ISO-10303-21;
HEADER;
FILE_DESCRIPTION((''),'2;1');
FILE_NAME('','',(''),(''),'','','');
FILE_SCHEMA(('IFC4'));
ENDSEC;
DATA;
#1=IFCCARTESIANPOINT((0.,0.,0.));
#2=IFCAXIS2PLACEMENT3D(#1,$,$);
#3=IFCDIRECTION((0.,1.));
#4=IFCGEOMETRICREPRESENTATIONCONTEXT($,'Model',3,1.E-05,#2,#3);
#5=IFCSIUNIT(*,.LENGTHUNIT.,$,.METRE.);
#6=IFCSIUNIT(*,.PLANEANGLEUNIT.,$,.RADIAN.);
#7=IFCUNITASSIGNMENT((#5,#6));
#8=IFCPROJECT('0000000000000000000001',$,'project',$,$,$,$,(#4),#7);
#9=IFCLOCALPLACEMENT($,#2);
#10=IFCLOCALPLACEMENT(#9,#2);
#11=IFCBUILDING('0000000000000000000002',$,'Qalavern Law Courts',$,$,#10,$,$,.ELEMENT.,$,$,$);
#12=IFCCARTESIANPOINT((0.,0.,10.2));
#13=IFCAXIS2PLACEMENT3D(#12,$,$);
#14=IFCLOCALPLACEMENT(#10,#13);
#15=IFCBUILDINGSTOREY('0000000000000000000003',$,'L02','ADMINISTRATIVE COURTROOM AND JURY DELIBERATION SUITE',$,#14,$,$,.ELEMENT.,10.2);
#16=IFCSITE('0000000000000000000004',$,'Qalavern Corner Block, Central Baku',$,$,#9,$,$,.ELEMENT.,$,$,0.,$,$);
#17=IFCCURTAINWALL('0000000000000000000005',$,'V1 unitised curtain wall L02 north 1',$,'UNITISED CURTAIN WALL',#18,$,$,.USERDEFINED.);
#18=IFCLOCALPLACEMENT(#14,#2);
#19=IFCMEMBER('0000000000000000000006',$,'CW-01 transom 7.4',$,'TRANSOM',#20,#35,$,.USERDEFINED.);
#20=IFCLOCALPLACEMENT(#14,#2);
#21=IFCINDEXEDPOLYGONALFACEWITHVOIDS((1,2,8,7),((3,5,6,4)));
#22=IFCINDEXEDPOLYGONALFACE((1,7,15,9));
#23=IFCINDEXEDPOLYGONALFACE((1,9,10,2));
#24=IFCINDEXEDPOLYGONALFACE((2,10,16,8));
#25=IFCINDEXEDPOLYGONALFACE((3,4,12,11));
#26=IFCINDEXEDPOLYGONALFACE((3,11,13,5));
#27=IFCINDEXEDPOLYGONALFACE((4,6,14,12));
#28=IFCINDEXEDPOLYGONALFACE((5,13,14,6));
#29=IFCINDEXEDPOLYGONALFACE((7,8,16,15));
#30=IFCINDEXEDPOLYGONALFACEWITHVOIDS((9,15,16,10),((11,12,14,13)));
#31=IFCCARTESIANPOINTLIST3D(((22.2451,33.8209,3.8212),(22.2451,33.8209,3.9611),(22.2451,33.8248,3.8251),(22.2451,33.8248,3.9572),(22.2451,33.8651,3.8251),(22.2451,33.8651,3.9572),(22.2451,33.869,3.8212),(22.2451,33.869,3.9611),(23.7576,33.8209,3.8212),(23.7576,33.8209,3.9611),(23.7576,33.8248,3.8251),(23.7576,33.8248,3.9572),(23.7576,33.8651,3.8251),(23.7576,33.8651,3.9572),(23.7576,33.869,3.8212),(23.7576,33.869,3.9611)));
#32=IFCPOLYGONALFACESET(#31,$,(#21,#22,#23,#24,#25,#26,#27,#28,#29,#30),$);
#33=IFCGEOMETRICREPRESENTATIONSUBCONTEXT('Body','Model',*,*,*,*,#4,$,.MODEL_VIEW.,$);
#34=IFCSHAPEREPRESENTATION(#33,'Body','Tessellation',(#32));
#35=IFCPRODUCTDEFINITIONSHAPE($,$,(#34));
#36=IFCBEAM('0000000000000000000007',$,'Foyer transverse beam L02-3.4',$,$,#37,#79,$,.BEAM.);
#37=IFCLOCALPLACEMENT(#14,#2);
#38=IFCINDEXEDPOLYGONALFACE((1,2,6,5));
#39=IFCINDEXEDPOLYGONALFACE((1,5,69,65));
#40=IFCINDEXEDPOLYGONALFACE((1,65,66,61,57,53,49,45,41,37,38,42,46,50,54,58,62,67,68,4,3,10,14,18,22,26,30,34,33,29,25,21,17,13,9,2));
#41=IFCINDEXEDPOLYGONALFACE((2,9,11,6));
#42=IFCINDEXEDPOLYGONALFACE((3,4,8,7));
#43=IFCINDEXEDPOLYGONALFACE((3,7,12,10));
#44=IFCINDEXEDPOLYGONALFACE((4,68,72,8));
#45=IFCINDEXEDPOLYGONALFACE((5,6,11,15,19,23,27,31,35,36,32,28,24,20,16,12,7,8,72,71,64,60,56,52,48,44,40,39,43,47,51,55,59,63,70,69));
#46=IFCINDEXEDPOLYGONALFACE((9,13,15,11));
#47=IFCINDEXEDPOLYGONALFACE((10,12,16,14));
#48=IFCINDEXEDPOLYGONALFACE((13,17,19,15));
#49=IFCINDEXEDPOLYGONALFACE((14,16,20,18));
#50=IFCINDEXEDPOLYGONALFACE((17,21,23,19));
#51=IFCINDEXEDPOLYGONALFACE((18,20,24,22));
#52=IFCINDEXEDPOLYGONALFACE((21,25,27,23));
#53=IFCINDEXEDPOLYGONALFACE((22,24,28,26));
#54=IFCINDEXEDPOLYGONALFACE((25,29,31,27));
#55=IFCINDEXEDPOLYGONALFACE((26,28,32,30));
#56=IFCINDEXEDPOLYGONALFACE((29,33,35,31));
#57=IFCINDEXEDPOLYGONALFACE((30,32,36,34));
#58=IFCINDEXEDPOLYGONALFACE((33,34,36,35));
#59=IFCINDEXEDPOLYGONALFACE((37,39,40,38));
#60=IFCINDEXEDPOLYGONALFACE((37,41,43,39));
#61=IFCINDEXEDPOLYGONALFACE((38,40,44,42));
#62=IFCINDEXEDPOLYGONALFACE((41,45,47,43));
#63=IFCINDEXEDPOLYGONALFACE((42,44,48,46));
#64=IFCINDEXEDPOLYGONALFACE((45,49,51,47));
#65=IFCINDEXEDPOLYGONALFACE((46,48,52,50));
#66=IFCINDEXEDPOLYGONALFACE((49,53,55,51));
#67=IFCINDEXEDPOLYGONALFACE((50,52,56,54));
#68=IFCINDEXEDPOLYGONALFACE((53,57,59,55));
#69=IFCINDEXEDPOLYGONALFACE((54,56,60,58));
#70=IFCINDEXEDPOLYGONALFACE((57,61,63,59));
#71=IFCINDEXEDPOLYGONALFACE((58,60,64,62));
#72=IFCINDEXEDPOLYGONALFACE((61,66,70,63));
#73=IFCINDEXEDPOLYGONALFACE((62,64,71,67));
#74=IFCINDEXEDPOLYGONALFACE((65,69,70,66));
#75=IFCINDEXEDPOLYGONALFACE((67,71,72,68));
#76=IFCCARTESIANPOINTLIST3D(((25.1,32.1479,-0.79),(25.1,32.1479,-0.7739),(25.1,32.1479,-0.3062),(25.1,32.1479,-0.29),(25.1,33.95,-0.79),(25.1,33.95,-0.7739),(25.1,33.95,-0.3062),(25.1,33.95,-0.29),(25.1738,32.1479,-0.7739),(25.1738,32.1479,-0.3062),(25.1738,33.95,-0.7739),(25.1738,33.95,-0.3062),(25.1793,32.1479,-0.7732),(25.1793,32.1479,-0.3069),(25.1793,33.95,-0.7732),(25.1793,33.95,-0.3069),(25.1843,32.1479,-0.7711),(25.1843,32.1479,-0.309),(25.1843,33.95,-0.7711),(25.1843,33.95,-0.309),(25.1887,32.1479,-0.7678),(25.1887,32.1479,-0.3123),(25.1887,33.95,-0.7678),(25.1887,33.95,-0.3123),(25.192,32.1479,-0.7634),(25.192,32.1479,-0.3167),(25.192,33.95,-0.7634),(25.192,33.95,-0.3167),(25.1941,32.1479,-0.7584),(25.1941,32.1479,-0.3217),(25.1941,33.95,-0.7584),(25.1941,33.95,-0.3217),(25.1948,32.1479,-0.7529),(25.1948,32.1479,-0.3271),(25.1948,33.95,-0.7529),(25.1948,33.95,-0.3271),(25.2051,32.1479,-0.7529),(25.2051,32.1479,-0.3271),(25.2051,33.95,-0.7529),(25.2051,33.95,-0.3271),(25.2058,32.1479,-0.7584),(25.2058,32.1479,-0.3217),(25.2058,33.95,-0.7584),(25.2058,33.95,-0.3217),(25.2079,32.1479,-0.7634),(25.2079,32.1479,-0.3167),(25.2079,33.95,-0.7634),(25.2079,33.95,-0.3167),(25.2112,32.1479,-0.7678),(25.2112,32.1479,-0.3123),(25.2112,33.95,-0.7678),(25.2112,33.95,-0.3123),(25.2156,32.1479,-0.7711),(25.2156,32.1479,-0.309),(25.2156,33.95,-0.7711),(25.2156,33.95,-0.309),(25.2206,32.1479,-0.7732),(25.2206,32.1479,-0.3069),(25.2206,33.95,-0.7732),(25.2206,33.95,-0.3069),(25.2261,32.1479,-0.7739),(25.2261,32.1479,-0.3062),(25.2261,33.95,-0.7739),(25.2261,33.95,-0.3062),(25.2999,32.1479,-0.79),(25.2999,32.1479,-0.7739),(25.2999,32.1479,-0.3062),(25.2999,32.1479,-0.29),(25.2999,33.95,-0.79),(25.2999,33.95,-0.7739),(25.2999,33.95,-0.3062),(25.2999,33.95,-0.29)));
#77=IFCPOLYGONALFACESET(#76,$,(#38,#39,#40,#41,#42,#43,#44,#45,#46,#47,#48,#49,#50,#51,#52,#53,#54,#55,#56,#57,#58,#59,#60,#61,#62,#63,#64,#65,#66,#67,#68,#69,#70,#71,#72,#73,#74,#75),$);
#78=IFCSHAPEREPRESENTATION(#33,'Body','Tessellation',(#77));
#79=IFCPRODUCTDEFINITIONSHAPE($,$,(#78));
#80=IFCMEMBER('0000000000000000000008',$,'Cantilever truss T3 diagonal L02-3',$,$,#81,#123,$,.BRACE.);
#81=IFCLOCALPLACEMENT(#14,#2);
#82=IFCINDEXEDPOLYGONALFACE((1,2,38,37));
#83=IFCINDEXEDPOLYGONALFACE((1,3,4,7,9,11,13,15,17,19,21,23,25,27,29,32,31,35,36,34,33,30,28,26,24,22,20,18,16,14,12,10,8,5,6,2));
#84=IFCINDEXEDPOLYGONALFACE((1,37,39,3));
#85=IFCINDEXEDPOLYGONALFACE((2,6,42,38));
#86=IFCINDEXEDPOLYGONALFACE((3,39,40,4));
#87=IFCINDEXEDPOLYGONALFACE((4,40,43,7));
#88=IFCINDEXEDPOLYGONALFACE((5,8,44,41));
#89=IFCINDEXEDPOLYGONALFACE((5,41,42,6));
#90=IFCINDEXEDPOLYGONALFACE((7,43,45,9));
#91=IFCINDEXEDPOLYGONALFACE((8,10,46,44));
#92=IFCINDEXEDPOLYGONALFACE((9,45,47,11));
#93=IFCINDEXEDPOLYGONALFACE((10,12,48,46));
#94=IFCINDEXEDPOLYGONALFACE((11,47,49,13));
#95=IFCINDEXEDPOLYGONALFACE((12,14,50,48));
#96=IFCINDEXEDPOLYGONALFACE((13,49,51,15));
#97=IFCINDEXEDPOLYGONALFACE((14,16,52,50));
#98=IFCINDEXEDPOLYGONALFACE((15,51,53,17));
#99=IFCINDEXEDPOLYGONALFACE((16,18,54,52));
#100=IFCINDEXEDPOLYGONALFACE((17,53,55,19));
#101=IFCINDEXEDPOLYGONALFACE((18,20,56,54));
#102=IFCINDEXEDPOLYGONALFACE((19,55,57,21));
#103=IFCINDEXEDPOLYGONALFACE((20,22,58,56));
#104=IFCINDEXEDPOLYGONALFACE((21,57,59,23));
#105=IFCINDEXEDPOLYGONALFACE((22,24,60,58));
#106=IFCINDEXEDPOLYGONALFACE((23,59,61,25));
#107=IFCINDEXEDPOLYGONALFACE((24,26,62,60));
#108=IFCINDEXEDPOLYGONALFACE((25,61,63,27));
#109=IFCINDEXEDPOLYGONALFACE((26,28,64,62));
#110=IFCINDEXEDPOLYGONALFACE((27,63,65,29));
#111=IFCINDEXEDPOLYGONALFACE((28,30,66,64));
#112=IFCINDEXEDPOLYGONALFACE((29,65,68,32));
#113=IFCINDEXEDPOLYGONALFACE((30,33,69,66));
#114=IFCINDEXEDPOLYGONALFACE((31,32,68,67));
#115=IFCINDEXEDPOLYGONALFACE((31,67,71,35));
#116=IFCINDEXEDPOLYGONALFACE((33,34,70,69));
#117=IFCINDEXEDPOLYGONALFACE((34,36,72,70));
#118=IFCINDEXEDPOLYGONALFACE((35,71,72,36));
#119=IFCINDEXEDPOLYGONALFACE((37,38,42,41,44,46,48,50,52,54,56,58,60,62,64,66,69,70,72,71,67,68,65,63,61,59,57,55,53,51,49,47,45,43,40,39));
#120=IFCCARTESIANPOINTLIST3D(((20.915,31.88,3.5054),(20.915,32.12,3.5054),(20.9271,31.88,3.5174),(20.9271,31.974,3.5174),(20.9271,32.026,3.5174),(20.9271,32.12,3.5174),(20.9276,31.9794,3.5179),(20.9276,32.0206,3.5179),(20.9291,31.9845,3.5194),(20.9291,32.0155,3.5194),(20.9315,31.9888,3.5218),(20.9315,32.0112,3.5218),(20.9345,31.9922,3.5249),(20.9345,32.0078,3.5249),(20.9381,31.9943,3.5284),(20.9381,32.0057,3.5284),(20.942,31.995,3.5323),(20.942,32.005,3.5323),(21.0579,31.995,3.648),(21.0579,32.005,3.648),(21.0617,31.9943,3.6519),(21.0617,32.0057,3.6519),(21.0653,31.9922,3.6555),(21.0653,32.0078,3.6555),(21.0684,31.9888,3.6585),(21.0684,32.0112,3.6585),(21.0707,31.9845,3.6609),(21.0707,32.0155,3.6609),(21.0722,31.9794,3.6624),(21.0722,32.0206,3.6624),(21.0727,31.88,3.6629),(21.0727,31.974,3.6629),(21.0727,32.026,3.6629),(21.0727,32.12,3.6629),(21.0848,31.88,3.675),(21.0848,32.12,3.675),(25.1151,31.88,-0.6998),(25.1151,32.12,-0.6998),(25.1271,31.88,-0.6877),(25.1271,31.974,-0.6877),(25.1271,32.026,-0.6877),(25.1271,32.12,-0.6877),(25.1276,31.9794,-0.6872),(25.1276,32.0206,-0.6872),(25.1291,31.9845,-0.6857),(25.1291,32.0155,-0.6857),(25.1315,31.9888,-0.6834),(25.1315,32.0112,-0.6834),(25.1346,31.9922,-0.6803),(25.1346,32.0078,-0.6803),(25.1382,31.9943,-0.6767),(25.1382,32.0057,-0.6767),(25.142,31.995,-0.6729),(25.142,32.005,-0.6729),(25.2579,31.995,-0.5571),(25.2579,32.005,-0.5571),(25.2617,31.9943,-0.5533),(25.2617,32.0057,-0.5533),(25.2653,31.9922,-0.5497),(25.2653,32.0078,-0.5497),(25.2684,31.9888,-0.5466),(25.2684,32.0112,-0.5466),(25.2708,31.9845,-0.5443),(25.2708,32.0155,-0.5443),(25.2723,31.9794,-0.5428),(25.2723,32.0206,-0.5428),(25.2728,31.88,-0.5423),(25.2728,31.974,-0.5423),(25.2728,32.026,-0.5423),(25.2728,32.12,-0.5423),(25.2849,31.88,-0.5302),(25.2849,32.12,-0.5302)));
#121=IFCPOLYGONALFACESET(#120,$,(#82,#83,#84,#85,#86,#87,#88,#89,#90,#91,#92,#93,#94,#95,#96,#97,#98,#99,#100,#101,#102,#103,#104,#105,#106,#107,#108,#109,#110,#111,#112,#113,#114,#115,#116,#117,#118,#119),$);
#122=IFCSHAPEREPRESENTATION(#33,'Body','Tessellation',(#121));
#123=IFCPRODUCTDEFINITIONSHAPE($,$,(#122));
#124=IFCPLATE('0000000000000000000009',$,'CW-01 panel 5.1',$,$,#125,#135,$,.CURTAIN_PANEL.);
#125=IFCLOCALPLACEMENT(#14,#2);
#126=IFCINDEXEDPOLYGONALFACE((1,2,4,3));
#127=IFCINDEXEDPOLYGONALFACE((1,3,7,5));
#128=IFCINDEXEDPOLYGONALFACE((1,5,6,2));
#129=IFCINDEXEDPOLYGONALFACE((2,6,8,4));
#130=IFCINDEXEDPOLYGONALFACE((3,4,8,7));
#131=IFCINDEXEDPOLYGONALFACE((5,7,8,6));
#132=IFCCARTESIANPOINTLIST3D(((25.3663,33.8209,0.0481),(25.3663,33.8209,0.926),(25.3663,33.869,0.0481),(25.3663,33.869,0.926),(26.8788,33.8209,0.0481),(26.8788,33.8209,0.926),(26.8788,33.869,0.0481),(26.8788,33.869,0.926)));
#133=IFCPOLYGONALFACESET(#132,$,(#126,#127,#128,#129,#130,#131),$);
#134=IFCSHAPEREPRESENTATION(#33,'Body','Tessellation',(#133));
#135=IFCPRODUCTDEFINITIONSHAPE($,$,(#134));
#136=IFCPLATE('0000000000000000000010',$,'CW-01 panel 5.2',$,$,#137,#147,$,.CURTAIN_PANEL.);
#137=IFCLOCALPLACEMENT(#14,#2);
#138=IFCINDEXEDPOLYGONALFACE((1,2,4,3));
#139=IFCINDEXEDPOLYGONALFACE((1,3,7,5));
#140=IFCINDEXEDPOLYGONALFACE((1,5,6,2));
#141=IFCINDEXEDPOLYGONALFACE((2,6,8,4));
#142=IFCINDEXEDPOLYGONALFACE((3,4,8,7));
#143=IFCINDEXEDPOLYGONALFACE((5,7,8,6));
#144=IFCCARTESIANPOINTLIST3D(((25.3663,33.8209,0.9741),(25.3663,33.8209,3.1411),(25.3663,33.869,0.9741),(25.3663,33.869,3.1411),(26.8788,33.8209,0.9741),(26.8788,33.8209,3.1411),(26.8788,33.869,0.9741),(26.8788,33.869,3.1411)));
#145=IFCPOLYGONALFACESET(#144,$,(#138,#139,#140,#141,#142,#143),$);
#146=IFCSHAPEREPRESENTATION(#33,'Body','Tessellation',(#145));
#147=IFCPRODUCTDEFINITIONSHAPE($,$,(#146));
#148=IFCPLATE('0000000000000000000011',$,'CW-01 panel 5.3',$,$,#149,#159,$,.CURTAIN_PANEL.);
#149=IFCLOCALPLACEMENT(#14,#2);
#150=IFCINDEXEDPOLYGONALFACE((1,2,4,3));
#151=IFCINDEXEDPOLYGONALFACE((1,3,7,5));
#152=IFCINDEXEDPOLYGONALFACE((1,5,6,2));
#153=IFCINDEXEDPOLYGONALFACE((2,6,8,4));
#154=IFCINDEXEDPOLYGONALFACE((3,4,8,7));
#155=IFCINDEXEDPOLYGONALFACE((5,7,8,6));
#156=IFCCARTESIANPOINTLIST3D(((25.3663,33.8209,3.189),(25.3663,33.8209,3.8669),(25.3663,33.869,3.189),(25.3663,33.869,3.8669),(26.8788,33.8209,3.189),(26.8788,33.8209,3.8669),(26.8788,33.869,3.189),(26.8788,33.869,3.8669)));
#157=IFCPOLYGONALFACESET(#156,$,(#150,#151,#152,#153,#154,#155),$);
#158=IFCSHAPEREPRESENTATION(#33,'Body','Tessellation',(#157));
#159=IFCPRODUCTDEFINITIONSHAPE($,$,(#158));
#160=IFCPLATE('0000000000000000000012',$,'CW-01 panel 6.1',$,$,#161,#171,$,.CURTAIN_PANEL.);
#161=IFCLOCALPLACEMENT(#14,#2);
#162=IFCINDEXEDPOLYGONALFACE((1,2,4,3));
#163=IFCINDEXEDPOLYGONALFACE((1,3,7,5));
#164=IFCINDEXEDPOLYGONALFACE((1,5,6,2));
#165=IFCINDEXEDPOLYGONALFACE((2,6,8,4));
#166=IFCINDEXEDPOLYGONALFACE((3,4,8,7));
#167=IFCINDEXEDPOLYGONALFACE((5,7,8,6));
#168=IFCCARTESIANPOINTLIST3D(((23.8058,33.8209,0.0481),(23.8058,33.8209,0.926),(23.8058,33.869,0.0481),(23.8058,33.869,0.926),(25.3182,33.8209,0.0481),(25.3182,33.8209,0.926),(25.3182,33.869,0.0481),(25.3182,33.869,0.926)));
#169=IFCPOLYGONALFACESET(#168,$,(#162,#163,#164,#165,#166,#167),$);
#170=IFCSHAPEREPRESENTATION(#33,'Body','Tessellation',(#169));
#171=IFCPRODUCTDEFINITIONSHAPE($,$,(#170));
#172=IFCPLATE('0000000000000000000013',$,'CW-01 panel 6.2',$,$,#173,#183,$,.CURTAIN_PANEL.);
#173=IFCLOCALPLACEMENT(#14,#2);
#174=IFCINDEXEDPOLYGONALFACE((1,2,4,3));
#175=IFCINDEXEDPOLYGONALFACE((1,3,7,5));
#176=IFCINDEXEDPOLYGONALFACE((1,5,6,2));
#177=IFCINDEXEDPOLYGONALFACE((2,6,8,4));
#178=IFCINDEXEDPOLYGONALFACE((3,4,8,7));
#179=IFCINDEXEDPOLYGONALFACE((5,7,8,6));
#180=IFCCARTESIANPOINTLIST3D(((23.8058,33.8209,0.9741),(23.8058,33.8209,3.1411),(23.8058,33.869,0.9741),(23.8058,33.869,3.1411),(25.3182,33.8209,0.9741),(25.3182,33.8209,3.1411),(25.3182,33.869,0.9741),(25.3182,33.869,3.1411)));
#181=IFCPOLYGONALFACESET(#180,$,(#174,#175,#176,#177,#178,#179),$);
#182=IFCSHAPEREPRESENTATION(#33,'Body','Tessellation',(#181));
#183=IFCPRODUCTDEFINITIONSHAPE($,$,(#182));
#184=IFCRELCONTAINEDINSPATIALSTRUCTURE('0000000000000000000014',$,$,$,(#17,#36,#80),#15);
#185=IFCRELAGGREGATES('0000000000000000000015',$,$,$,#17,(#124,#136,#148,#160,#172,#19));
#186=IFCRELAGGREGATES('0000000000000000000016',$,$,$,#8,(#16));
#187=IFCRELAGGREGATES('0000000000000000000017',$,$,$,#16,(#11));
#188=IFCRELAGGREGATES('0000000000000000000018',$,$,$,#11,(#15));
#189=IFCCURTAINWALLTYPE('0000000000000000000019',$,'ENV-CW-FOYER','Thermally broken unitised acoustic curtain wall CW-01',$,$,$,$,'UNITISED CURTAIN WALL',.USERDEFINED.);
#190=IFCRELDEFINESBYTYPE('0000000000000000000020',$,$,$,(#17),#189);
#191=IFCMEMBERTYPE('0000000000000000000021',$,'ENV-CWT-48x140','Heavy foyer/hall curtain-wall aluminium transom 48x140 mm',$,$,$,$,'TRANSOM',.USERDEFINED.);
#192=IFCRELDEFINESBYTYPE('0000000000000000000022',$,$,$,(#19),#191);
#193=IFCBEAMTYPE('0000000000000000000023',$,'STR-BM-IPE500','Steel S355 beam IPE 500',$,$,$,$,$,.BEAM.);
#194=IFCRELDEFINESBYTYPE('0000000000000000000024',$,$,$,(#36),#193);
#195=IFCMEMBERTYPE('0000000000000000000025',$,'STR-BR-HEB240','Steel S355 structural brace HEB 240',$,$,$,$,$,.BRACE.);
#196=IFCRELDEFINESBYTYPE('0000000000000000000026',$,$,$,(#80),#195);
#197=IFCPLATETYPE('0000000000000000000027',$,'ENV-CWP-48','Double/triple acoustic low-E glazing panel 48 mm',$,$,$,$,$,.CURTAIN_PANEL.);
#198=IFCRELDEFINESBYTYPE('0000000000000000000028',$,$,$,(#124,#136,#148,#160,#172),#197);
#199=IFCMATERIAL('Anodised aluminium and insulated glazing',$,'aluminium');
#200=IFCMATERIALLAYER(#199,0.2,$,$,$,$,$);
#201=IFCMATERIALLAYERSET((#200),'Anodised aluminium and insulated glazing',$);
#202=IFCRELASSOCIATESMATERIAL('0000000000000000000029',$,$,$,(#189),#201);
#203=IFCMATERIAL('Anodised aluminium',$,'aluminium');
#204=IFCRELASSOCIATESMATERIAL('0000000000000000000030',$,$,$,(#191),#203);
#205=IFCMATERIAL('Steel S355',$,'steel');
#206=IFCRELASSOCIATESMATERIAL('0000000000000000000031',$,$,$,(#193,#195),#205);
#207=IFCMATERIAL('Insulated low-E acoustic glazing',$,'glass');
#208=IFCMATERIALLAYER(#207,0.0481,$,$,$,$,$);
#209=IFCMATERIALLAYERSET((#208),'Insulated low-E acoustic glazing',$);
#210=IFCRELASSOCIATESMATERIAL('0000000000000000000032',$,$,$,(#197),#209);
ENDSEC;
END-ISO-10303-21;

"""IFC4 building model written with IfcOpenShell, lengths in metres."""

from ifc_helpers import new_model, si_unit, direction, frame, origin, origin_2d, place, context, subcontext, project, spatial, rectangle, hollow_rectangle, i_section, extrude, material, layer, layer_set, material_profile, profile_set, type_object, element, aggregate, save


model = new_model("IFC4")

# Units and contexts
model_context = context("Model", 3, precision=1e-05, world=origin(), true_north=direction((0.0, 1.0)))
body_context = subcontext(model_context, "Body", "Model", "MODEL_VIEW")
ifc_project = project(units=[si_unit("LENGTHUNIT", "METRE"), si_unit("PLANEANGLEUNIT", "RADIAN")], contexts=[model_context])

# Site, building, storey
site_placement = place(None, origin())
site = spatial("IfcSite", under=ifc_project, at=site_placement, Name="Qalavern Corner Block, Central Baku", CompositionType="ELEMENT", RefElevation=0.0)
building_placement = place(site_placement, origin())
building = spatial("IfcBuilding", under=site, at=building_placement, Name="Qalavern Law Courts", CompositionType="ELEMENT")
storey_placement = place(building_placement, frame((0.0, 0.0, 10.2)))
storey = spatial("IfcBuildingStorey", under=building, at=storey_placement, Name="L02", Description="ADMINISTRATIVE COURTROOM AND JURY DELIBERATION SUITE", CompositionType="ELEMENT", Elevation=10.2)

# Curtain wall, member
ifc_material_1 = material(Name="Anodised aluminium and insulated glazing", Category="aluminium")
ifc_layer_1 = layer(ifc_material_1, 0.2)
ifc_layer_set_1 = layer_set([ifc_layer_1], Name="Anodised aluminium and insulated glazing")
curtain_wall_type = type_object("IfcCurtainWallType", Name="ENV-CW-FOYER", Description="Thermally broken unitised acoustic curtain wall CW-01", ElementType="UNITISED CURTAIN WALL", PredefinedType="USERDEFINED", material=ifc_layer_set_1)
curtain_wall_placement = place(storey_placement, origin())
curtain_wall = element("IfcCurtainWall", 1, at=curtain_wall_placement, inside=storey, type_object=curtain_wall_type, Name="V1 unitised curtain wall L02 north 1", ObjectType="UNITISED CURTAIN WALL", PredefinedType="USERDEFINED")
ifc_material_2 = material(Name="Anodised aluminium", Category="aluminium")
ifc_material_profile_1 = material_profile(ifc_material_2, hollow_rectangle(XDim=0.0481, YDim=0.1399, WallThickness=0.0039, at=origin_2d()), Name="ALU TRANSOM 48x140")
ifc_profile_set_1 = profile_set([ifc_material_profile_1], Name="Anodised aluminium")
member_type_1 = type_object("IfcMemberType", Name="ENV-CWT-48x140", Description="Heavy foyer/hall curtain-wall aluminium transom 48x140 mm", ElementType="TRANSOM", PredefinedType="USERDEFINED", material=ifc_profile_set_1)
member_1_placement = place(storey_placement, frame((23.7576, 33.845, 3.8911), z_axis=(-1.0, 0.0, 0.0), x_axis=(0.0, -1.0, 0.0)))
member_1 = element("IfcMember", 2, at=member_1_placement, type_object=member_type_1, Name="CW-01 transom 7.4", ObjectType="TRANSOM", PredefinedType="USERDEFINED", context=body_context, shape_type="SweptSolid", body=[
    extrude(hollow_rectangle(XDim=0.0481, YDim=0.1399, WallThickness=0.0039, at=origin_2d()), origin(), (0.0, 0.0, 1.0), 1.5125),
])

# Beam
ifc_material_3 = material(Name="Steel S355", Category="steel")
ifc_material_profile_2 = material_profile(ifc_material_3, i_section(OverallWidth=0.2, OverallDepth=0.5, WebThickness=0.0103, FlangeThickness=0.0161, FilletRadius=0.021, at=origin_2d()), Name="IPE 500")
ifc_profile_set_2 = profile_set([ifc_material_profile_2], Name="Steel S355")
beam_type = type_object("IfcBeamType", Name="STR-BM-IPE500", Description="Steel S355 beam IPE 500", PredefinedType="BEAM", material=ifc_profile_set_2)
beam_placement = place(storey_placement, frame((25.2, 32.1479, -0.54), z_axis=(0.0, 1.0, 0.0), x_axis=(-1.0, 0.0, 0.0)))
element("IfcBeam", 3, at=beam_placement, inside=storey, type_object=beam_type, Name="Foyer transverse beam L02-3.4", PredefinedType="BEAM", context=body_context, shape_type="SweptSolid", body=[
    extrude(i_section(OverallWidth=0.2, OverallDepth=0.5, WebThickness=0.0103, FlangeThickness=0.0161, FilletRadius=0.021, at=origin_2d()), origin(), (0.0, 0.0, 1.0), 1.802),
])

# Member
ifc_material_profile_3 = material_profile(ifc_material_3, i_section(OverallWidth=0.24, OverallDepth=0.24, WebThickness=0.01, FlangeThickness=0.0171, FilletRadius=0.021, at=origin_2d()), Name="HEB 240")
ifc_profile_set_3 = profile_set([ifc_material_profile_3], Name="Steel S355")
member_type_2 = type_object("IfcMemberType", Name="STR-BR-HEB240", Description="Steel S355 structural brace HEB 240", PredefinedType="BRACE", material=ifc_profile_set_3)
member_2_placement = place(storey_placement, frame((25.2, 32.0, -0.615), z_axis=(-0.706675, 0.0, 0.707538), x_axis=(0.0, -1.0, 0.0)))
element("IfcMember", 4, at=member_2_placement, inside=storey, type_object=member_type_2, Name="Cantilever truss T3 diagonal L02-3", PredefinedType="BRACE", context=body_context, shape_type="SweptSolid", body=[
    extrude(i_section(OverallWidth=0.24, OverallDepth=0.24, WebThickness=0.01, FlangeThickness=0.0171, FilletRadius=0.021, at=origin_2d()), origin(), (0.0, 0.0, 1.0), 5.9434),
])

# Plates
ifc_material_4 = material(Name="Insulated low-E acoustic glazing", Category="glass")
ifc_layer_2 = layer(ifc_material_4, 0.0481)
ifc_layer_set_2 = layer_set([ifc_layer_2], Name="Insulated low-E acoustic glazing")
plate_type_1 = type_object("IfcPlateType", Name="ENV-CWP-48", Description="Double/triple acoustic low-E glazing panel 48 mm", PredefinedType="CURTAIN_PANEL", material=ifc_layer_set_2)
plate_1_placement = place(storey_placement, frame((26.1226, 33.845, 0.0481), z_axis=(0.0, 0.0, 1.0), x_axis=(-1.0, 0.0, 0.0)))
plate_1 = element("IfcPlate", 5, at=plate_1_placement, type_object=plate_type_1, Name="CW-01 panel 5.1", PredefinedType="CURTAIN_PANEL", context=body_context, shape_type="SweptSolid", body=[
    extrude(rectangle(XDim=1.5125, YDim=0.0481, at=origin_2d()), origin(), (0.0, 0.0, 1.0), 0.8779),
])
plate_2_placement = place(storey_placement, frame((26.1226, 33.845, 0.9741), z_axis=(0.0, 0.0, 1.0), x_axis=(-1.0, 0.0, 0.0)))
plate_2 = element("IfcPlate", 6, at=plate_2_placement, type_object=plate_type_1, Name="CW-01 panel 5.2", PredefinedType="CURTAIN_PANEL", context=body_context, shape_type="SweptSolid", body=[
    extrude(rectangle(XDim=1.5125, YDim=0.0481, at=origin_2d()), origin(), (0.0, 0.0, 1.0), 2.167),
])
plate_3_placement = place(storey_placement, frame((26.1226, 33.845, 3.189), z_axis=(0.0, 0.0, 1.0), x_axis=(-1.0, 0.0, 0.0)))
plate_3 = element("IfcPlate", 7, at=plate_3_placement, type_object=plate_type_1, Name="CW-01 panel 5.3", PredefinedType="CURTAIN_PANEL", context=body_context, shape_type="SweptSolid", body=[
    extrude(rectangle(XDim=1.5125, YDim=0.0481, at=origin_2d()), origin(), (0.0, 0.0, 1.0), 0.678),
])
plate_4_placement = place(storey_placement, frame((24.562, 33.845, 0.0481), z_axis=(0.0, 0.0, 1.0), x_axis=(-1.0, 0.0, 0.0)))
plate_4 = element("IfcPlate", 8, at=plate_4_placement, type_object=plate_type_1, Name="CW-01 panel 6.1", PredefinedType="CURTAIN_PANEL", context=body_context, shape_type="SweptSolid", body=[
    extrude(rectangle(XDim=1.5125, YDim=0.0481, at=origin_2d()), origin(), (0.0, 0.0, 1.0), 0.8779),
])
plate_5_placement = place(storey_placement, frame((24.562, 33.845, 0.9741), z_axis=(0.0, 0.0, 1.0), x_axis=(-1.0, 0.0, 0.0)))
plate_5 = element("IfcPlate", 9, at=plate_5_placement, type_object=plate_type_1, Name="CW-01 panel 6.2", PredefinedType="CURTAIN_PANEL", context=body_context, shape_type="SweptSolid", body=[
    extrude(rectangle(XDim=1.5125, YDim=0.0481, at=origin_2d()), origin(), (0.0, 0.0, 1.0), 2.167),
])
aggregate(curtain_wall, [plate_1, plate_2, plate_3, plate_4, plate_5, member_1])

save(model, "model.ifc")
